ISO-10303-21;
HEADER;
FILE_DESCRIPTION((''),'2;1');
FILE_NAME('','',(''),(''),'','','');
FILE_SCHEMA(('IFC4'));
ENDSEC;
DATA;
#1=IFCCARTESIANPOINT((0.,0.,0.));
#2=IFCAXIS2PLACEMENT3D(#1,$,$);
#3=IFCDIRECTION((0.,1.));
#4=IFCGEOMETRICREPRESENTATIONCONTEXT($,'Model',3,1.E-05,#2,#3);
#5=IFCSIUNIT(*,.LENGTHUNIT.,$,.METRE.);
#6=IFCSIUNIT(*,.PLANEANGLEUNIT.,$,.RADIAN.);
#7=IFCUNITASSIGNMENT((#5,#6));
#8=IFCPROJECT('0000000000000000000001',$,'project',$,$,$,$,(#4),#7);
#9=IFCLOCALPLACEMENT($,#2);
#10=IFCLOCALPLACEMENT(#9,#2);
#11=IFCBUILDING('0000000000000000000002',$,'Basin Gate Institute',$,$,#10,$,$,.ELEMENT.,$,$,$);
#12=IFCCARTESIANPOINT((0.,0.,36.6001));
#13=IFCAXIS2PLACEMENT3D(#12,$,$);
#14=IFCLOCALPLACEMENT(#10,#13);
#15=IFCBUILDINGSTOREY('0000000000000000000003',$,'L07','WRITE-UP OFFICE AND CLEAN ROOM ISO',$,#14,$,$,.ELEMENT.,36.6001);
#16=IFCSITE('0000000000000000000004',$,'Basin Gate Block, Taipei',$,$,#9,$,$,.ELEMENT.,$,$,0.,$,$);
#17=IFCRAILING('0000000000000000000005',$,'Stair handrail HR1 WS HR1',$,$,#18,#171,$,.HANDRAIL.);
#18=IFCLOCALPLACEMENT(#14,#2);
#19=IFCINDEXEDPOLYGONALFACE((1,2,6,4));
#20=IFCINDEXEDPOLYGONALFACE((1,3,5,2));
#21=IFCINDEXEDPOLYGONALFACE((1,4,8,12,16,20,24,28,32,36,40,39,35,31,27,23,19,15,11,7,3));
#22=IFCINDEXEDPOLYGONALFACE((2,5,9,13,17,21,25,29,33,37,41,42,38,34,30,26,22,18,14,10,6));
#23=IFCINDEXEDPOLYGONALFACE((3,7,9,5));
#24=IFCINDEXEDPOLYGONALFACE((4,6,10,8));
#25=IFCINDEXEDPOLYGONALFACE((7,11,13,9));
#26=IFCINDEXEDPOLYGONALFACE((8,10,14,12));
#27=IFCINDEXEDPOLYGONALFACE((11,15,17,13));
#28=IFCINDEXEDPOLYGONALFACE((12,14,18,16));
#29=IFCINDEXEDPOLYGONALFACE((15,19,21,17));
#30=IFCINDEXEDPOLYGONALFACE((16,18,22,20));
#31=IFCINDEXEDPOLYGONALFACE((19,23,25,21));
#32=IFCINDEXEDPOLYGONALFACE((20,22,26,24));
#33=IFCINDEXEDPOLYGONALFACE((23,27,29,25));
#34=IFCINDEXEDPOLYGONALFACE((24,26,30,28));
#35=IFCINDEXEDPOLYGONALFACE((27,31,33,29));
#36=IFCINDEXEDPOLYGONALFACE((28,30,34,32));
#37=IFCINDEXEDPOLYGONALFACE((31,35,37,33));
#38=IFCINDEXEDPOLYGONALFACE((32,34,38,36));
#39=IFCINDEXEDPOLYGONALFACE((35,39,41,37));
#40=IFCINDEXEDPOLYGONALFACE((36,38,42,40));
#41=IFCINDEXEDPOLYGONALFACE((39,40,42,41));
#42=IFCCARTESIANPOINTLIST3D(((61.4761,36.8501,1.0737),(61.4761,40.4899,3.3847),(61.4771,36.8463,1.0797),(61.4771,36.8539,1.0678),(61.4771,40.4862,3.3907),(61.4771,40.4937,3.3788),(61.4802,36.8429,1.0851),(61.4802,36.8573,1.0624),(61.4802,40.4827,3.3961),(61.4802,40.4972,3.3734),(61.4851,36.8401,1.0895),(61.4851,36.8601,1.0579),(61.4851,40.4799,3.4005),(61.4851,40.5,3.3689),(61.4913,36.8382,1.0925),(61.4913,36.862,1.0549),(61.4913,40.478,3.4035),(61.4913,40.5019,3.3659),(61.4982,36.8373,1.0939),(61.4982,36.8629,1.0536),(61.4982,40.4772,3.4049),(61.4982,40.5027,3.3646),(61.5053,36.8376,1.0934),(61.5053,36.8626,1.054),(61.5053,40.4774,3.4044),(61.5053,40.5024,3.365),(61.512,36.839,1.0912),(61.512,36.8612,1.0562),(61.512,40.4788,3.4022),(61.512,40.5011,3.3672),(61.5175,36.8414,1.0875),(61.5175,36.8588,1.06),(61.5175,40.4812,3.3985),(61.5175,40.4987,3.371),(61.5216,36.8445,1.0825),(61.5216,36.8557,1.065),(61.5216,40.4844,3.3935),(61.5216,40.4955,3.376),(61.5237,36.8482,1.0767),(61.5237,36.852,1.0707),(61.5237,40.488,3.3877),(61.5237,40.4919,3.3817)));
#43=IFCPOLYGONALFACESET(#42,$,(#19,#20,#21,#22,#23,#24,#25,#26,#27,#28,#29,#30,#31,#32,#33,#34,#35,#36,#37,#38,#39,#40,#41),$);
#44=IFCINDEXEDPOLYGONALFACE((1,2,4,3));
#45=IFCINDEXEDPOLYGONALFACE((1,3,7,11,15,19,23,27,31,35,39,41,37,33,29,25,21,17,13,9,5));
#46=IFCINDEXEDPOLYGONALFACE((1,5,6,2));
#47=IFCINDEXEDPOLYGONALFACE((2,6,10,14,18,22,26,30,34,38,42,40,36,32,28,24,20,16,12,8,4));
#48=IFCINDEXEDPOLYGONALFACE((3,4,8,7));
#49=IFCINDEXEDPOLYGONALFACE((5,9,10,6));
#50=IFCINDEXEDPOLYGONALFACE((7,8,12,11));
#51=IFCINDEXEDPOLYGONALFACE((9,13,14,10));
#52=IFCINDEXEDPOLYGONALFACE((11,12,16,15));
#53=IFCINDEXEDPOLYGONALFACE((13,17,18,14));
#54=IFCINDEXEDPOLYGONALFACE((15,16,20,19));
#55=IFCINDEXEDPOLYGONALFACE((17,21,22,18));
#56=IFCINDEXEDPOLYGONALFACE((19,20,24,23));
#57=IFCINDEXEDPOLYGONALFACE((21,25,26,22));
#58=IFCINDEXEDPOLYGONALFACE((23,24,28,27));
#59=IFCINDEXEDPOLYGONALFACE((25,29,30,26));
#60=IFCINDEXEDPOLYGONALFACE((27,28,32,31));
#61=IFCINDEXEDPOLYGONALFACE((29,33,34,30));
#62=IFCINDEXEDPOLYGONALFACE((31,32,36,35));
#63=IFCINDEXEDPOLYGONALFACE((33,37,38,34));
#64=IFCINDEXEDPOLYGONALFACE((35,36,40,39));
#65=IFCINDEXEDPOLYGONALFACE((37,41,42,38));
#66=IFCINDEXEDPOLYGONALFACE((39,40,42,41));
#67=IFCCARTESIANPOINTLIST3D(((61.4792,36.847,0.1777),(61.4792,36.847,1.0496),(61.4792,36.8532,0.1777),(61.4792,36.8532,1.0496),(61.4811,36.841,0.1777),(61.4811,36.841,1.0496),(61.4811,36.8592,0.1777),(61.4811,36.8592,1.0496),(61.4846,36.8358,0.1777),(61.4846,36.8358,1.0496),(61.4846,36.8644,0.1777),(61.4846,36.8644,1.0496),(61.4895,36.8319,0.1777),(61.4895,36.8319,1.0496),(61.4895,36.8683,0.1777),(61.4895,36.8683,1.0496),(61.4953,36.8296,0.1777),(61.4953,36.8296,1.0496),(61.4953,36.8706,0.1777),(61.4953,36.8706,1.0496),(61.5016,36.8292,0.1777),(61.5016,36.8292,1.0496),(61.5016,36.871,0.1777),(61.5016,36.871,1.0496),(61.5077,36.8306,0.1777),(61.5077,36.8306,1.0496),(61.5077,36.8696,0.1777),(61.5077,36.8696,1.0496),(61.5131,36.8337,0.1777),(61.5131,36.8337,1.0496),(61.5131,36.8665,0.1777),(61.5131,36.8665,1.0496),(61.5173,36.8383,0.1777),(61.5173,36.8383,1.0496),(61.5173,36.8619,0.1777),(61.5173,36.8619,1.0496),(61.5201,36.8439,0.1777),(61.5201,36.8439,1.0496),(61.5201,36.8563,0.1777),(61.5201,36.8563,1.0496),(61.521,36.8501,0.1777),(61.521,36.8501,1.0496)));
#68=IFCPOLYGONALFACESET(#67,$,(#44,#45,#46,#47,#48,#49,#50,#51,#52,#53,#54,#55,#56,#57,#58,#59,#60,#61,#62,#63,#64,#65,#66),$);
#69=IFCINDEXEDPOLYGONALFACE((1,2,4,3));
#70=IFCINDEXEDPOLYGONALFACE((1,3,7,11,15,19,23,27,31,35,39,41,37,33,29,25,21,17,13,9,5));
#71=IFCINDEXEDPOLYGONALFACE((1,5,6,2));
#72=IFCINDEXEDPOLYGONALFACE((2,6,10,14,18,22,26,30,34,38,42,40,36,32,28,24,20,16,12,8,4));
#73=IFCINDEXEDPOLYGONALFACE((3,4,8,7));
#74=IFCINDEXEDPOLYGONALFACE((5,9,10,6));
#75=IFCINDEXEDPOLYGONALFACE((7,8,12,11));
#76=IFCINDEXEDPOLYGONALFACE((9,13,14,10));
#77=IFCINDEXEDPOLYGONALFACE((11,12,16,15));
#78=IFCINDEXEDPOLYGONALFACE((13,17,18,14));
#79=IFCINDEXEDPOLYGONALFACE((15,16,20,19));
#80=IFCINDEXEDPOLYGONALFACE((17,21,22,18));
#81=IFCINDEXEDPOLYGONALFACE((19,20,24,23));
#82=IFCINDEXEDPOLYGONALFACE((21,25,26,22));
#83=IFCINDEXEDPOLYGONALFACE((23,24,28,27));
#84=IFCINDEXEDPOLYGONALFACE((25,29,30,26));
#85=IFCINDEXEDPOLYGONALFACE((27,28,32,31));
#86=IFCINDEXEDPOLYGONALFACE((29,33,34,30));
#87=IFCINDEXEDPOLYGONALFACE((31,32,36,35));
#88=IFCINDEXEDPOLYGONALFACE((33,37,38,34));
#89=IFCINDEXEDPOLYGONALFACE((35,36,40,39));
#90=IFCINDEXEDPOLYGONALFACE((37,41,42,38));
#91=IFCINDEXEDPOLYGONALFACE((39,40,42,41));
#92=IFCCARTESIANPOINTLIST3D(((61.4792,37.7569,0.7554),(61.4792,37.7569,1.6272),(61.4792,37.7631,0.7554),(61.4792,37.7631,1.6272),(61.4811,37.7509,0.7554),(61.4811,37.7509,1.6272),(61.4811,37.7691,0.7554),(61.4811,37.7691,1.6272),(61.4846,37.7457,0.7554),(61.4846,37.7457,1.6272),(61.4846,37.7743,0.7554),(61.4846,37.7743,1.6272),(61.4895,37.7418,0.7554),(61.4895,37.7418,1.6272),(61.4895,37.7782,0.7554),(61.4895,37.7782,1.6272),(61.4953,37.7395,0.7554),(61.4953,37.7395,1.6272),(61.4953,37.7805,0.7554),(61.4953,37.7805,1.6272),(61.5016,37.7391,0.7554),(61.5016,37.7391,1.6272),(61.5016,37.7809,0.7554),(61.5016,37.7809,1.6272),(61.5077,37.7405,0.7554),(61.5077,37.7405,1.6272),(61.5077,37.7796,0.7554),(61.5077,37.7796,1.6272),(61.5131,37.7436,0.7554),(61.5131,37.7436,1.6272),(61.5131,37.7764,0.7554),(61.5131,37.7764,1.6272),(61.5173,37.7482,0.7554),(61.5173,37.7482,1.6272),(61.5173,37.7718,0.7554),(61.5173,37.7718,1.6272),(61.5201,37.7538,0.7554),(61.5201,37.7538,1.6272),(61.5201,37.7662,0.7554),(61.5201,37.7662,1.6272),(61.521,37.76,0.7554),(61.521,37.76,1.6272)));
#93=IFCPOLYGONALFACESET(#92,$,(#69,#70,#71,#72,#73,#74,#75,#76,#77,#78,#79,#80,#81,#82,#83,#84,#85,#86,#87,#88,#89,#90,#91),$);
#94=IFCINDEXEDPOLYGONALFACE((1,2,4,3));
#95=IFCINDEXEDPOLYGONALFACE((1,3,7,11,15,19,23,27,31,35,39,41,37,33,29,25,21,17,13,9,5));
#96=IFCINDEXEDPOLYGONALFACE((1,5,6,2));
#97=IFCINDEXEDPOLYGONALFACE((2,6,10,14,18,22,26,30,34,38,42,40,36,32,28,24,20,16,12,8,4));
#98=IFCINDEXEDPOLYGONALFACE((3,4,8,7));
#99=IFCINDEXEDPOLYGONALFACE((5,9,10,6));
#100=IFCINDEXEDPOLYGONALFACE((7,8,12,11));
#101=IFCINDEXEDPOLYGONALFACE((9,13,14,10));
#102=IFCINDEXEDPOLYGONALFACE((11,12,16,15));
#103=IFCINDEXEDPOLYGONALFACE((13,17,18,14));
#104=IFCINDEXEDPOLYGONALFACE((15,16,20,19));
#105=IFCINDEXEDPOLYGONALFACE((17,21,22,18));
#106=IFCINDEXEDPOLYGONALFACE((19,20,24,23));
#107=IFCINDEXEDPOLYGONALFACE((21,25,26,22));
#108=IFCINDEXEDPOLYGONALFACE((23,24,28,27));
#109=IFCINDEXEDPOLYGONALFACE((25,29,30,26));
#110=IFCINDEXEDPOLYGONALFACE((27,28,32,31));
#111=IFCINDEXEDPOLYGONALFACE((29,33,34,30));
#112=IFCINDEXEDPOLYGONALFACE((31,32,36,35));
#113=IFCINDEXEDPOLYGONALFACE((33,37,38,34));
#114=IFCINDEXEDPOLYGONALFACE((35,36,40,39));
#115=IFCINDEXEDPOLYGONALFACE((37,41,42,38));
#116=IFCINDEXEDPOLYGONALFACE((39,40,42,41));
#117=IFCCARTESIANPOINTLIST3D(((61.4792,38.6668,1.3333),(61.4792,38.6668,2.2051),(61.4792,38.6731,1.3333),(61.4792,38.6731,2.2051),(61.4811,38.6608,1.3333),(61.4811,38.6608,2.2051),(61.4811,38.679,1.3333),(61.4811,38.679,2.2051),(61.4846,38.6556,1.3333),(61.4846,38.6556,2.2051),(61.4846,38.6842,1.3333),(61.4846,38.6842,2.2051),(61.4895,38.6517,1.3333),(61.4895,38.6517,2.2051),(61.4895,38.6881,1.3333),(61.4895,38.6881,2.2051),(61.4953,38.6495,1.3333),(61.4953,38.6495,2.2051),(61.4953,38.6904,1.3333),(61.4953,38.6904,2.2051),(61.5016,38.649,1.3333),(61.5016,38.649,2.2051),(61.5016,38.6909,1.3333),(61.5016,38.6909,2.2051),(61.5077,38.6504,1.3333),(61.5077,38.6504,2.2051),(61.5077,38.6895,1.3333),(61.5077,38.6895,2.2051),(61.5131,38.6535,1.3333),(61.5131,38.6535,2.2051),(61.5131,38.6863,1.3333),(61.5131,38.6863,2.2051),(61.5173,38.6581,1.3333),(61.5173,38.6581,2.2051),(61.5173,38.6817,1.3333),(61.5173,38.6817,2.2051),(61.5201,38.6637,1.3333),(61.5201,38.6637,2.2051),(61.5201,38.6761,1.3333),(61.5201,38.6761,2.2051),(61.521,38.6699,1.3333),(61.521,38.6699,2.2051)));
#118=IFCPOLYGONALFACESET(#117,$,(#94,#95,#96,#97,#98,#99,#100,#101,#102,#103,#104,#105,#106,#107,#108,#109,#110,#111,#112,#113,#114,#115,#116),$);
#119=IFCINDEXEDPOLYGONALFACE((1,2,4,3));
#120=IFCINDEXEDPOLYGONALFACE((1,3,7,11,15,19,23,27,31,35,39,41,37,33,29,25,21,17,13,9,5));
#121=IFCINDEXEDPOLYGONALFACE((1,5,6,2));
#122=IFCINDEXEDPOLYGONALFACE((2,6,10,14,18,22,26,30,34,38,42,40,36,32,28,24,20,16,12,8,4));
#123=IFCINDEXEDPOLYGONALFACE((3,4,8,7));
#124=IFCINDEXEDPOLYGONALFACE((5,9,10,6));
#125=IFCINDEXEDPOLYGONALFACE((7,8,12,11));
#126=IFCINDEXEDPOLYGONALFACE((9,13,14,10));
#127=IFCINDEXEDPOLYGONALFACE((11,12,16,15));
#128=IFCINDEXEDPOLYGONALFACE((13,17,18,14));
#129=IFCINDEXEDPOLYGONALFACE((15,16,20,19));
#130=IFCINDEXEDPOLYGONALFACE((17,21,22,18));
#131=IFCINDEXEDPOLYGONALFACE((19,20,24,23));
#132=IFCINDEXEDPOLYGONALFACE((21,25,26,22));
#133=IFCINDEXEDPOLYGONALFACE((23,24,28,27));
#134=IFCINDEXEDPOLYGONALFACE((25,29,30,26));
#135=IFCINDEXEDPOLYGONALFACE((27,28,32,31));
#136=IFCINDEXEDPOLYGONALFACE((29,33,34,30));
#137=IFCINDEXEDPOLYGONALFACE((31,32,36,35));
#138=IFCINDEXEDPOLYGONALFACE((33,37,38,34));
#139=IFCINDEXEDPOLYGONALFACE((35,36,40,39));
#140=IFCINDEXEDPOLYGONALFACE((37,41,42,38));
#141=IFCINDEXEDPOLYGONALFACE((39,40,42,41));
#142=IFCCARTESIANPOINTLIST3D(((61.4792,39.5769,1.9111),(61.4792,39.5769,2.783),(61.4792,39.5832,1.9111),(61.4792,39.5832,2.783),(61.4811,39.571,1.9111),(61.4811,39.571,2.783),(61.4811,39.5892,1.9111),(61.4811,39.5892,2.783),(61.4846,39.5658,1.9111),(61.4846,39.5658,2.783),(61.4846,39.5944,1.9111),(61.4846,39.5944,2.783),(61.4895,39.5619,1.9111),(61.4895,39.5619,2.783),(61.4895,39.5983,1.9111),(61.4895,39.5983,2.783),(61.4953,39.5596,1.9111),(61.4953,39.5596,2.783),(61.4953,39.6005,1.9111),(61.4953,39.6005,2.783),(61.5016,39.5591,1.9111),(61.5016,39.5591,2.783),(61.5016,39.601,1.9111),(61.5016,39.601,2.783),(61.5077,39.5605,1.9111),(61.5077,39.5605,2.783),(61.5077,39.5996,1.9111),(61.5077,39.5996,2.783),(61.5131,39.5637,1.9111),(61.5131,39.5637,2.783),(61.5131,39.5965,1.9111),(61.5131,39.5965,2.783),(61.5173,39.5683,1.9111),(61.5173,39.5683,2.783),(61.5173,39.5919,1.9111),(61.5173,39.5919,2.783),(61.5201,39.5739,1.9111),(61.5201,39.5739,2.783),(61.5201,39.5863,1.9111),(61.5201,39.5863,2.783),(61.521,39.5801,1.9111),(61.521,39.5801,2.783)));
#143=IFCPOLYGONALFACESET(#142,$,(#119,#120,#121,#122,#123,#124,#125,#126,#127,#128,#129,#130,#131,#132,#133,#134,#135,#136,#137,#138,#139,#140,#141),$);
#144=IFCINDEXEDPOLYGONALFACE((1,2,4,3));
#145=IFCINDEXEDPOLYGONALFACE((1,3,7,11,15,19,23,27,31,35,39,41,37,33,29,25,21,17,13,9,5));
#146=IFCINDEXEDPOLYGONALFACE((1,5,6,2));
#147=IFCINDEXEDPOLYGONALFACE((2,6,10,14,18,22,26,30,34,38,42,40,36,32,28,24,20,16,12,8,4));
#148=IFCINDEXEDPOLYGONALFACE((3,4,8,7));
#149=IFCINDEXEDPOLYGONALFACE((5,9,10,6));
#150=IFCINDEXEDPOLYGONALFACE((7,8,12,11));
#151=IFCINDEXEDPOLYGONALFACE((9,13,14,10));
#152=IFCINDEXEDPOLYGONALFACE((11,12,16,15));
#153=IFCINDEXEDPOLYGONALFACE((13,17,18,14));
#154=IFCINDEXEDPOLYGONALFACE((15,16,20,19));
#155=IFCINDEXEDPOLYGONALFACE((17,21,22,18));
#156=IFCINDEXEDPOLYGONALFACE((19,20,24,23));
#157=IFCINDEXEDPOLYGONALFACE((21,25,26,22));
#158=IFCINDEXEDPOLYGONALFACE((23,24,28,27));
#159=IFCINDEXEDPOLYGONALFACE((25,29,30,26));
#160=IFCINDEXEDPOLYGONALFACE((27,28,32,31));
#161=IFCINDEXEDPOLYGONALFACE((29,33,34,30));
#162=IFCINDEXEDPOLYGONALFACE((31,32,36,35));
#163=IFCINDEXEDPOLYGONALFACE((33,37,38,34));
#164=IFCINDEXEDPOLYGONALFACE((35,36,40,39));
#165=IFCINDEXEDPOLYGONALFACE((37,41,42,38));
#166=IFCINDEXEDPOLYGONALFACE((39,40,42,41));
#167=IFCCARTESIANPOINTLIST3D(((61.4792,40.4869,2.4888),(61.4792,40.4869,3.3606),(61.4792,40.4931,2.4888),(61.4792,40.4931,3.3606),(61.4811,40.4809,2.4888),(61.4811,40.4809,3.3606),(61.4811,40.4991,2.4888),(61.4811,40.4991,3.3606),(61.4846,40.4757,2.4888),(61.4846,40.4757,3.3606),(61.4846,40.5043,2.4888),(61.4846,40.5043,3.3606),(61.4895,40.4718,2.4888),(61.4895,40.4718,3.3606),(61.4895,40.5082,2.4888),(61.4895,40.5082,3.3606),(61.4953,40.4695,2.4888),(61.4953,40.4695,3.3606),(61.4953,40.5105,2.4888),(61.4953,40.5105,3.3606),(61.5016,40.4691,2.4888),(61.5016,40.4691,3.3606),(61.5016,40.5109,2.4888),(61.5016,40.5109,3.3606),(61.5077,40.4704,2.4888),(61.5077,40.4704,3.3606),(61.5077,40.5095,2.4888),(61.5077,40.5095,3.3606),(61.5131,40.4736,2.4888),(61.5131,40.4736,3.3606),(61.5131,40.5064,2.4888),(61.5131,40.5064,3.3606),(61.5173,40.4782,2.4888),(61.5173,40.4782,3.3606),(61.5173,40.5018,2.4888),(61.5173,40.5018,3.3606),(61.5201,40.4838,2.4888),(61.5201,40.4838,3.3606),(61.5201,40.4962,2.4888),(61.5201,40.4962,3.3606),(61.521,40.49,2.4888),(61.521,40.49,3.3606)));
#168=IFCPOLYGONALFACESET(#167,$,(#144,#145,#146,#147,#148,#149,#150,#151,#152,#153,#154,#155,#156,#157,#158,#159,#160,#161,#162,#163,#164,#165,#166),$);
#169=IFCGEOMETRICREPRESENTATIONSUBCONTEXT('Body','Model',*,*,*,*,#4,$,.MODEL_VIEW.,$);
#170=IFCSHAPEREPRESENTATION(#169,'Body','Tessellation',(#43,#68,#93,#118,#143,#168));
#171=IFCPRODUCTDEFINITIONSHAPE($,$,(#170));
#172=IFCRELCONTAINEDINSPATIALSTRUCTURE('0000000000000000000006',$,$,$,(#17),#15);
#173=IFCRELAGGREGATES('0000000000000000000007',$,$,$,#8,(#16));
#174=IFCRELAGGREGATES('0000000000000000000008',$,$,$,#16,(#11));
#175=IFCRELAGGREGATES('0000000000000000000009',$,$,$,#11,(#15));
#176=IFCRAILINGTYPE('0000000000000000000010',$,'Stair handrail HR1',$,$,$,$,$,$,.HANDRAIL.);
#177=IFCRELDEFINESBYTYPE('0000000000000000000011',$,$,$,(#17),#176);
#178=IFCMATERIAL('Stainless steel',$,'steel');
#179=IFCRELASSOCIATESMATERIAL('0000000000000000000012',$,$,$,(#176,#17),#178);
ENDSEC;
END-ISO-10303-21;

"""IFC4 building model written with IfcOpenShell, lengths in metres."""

from ifc_helpers import new_model, si_unit, direction, frame, origin, origin_2d, place, context, subcontext, project, spatial, circle, extrude, material, type_object, element, save


model = new_model("IFC4")

# Units and contexts
model_context = context("Model", 3, precision=1e-05, world=origin(), true_north=direction((0.0, 1.0)))
body_context = subcontext(model_context, "Body", "Model", "MODEL_VIEW")
ifc_project = project(units=[si_unit("LENGTHUNIT", "METRE"), si_unit("PLANEANGLEUNIT", "RADIAN")], contexts=[model_context])

# Site, building, storey
site_placement = place(None, origin())
site = spatial("IfcSite", under=ifc_project, at=site_placement, Name="Basin Gate Block, Taipei", CompositionType="ELEMENT", RefElevation=0.0)
building_placement = place(site_placement, origin())
building = spatial("IfcBuilding", under=site, at=building_placement, Name="Basin Gate Institute", CompositionType="ELEMENT")
storey_placement = place(building_placement, frame((0.0, 0.0, 36.6001)))
storey = spatial("IfcBuildingStorey", under=building, at=storey_placement, Name="L07", Description="WRITE-UP OFFICE AND CLEAN ROOM ISO", CompositionType="ELEMENT", Elevation=36.6001)

# Railing
ifc_material_1 = material(Name="Stainless steel", Category="steel")
railing_type_1 = type_object("IfcRailingType", Name="Stair handrail HR1", PredefinedType="HANDRAIL", material=ifc_material_1)
for number, where, name in (
    (1, (61.5, 36.8501, 0.1777), "Stair handrail HR1 WS HR1"),
):
    element("IfcRailing", number, at=place(storey_placement, frame(where)), inside=storey, type_object=railing_type_1, material=ifc_material_1, Name=name, PredefinedType="HANDRAIL", context=body_context, shape_type="SweptSolid", body=[
        extrude(circle(Radius=0.0239, at=origin_2d()), frame((0.0, 0.0, 0.896), z_axis=(0.0, 0.844214, 0.536007), x_axis=(-1.0, 0.0, 0.0)), (0.0, 0.0, 1.0), 4.3115),
        extrude(circle(Radius=0.021, at=origin_2d()), origin(), (0.0, 0.0, 1.0), 0.8718),
        extrude(circle(Radius=0.021, at=origin_2d()), frame((0.0, 0.9099, 0.5776)), (0.0, 0.0, 1.0), 0.8718),
        extrude(circle(Radius=0.021, at=origin_2d()), frame((0.0, 1.8198, 1.1555)), (0.0, 0.0, 1.0), 0.8718),
        extrude(circle(Radius=0.021, at=origin_2d()), frame((0.0, 2.73, 1.7334)), (0.0, 0.0, 1.0), 0.8718),
        extrude(circle(Radius=0.021, at=origin_2d()), frame((0.0, 3.6399, 2.311)), (0.0, 0.0, 1.0), 0.8718),
    ])

save(model, "model.ifc")
